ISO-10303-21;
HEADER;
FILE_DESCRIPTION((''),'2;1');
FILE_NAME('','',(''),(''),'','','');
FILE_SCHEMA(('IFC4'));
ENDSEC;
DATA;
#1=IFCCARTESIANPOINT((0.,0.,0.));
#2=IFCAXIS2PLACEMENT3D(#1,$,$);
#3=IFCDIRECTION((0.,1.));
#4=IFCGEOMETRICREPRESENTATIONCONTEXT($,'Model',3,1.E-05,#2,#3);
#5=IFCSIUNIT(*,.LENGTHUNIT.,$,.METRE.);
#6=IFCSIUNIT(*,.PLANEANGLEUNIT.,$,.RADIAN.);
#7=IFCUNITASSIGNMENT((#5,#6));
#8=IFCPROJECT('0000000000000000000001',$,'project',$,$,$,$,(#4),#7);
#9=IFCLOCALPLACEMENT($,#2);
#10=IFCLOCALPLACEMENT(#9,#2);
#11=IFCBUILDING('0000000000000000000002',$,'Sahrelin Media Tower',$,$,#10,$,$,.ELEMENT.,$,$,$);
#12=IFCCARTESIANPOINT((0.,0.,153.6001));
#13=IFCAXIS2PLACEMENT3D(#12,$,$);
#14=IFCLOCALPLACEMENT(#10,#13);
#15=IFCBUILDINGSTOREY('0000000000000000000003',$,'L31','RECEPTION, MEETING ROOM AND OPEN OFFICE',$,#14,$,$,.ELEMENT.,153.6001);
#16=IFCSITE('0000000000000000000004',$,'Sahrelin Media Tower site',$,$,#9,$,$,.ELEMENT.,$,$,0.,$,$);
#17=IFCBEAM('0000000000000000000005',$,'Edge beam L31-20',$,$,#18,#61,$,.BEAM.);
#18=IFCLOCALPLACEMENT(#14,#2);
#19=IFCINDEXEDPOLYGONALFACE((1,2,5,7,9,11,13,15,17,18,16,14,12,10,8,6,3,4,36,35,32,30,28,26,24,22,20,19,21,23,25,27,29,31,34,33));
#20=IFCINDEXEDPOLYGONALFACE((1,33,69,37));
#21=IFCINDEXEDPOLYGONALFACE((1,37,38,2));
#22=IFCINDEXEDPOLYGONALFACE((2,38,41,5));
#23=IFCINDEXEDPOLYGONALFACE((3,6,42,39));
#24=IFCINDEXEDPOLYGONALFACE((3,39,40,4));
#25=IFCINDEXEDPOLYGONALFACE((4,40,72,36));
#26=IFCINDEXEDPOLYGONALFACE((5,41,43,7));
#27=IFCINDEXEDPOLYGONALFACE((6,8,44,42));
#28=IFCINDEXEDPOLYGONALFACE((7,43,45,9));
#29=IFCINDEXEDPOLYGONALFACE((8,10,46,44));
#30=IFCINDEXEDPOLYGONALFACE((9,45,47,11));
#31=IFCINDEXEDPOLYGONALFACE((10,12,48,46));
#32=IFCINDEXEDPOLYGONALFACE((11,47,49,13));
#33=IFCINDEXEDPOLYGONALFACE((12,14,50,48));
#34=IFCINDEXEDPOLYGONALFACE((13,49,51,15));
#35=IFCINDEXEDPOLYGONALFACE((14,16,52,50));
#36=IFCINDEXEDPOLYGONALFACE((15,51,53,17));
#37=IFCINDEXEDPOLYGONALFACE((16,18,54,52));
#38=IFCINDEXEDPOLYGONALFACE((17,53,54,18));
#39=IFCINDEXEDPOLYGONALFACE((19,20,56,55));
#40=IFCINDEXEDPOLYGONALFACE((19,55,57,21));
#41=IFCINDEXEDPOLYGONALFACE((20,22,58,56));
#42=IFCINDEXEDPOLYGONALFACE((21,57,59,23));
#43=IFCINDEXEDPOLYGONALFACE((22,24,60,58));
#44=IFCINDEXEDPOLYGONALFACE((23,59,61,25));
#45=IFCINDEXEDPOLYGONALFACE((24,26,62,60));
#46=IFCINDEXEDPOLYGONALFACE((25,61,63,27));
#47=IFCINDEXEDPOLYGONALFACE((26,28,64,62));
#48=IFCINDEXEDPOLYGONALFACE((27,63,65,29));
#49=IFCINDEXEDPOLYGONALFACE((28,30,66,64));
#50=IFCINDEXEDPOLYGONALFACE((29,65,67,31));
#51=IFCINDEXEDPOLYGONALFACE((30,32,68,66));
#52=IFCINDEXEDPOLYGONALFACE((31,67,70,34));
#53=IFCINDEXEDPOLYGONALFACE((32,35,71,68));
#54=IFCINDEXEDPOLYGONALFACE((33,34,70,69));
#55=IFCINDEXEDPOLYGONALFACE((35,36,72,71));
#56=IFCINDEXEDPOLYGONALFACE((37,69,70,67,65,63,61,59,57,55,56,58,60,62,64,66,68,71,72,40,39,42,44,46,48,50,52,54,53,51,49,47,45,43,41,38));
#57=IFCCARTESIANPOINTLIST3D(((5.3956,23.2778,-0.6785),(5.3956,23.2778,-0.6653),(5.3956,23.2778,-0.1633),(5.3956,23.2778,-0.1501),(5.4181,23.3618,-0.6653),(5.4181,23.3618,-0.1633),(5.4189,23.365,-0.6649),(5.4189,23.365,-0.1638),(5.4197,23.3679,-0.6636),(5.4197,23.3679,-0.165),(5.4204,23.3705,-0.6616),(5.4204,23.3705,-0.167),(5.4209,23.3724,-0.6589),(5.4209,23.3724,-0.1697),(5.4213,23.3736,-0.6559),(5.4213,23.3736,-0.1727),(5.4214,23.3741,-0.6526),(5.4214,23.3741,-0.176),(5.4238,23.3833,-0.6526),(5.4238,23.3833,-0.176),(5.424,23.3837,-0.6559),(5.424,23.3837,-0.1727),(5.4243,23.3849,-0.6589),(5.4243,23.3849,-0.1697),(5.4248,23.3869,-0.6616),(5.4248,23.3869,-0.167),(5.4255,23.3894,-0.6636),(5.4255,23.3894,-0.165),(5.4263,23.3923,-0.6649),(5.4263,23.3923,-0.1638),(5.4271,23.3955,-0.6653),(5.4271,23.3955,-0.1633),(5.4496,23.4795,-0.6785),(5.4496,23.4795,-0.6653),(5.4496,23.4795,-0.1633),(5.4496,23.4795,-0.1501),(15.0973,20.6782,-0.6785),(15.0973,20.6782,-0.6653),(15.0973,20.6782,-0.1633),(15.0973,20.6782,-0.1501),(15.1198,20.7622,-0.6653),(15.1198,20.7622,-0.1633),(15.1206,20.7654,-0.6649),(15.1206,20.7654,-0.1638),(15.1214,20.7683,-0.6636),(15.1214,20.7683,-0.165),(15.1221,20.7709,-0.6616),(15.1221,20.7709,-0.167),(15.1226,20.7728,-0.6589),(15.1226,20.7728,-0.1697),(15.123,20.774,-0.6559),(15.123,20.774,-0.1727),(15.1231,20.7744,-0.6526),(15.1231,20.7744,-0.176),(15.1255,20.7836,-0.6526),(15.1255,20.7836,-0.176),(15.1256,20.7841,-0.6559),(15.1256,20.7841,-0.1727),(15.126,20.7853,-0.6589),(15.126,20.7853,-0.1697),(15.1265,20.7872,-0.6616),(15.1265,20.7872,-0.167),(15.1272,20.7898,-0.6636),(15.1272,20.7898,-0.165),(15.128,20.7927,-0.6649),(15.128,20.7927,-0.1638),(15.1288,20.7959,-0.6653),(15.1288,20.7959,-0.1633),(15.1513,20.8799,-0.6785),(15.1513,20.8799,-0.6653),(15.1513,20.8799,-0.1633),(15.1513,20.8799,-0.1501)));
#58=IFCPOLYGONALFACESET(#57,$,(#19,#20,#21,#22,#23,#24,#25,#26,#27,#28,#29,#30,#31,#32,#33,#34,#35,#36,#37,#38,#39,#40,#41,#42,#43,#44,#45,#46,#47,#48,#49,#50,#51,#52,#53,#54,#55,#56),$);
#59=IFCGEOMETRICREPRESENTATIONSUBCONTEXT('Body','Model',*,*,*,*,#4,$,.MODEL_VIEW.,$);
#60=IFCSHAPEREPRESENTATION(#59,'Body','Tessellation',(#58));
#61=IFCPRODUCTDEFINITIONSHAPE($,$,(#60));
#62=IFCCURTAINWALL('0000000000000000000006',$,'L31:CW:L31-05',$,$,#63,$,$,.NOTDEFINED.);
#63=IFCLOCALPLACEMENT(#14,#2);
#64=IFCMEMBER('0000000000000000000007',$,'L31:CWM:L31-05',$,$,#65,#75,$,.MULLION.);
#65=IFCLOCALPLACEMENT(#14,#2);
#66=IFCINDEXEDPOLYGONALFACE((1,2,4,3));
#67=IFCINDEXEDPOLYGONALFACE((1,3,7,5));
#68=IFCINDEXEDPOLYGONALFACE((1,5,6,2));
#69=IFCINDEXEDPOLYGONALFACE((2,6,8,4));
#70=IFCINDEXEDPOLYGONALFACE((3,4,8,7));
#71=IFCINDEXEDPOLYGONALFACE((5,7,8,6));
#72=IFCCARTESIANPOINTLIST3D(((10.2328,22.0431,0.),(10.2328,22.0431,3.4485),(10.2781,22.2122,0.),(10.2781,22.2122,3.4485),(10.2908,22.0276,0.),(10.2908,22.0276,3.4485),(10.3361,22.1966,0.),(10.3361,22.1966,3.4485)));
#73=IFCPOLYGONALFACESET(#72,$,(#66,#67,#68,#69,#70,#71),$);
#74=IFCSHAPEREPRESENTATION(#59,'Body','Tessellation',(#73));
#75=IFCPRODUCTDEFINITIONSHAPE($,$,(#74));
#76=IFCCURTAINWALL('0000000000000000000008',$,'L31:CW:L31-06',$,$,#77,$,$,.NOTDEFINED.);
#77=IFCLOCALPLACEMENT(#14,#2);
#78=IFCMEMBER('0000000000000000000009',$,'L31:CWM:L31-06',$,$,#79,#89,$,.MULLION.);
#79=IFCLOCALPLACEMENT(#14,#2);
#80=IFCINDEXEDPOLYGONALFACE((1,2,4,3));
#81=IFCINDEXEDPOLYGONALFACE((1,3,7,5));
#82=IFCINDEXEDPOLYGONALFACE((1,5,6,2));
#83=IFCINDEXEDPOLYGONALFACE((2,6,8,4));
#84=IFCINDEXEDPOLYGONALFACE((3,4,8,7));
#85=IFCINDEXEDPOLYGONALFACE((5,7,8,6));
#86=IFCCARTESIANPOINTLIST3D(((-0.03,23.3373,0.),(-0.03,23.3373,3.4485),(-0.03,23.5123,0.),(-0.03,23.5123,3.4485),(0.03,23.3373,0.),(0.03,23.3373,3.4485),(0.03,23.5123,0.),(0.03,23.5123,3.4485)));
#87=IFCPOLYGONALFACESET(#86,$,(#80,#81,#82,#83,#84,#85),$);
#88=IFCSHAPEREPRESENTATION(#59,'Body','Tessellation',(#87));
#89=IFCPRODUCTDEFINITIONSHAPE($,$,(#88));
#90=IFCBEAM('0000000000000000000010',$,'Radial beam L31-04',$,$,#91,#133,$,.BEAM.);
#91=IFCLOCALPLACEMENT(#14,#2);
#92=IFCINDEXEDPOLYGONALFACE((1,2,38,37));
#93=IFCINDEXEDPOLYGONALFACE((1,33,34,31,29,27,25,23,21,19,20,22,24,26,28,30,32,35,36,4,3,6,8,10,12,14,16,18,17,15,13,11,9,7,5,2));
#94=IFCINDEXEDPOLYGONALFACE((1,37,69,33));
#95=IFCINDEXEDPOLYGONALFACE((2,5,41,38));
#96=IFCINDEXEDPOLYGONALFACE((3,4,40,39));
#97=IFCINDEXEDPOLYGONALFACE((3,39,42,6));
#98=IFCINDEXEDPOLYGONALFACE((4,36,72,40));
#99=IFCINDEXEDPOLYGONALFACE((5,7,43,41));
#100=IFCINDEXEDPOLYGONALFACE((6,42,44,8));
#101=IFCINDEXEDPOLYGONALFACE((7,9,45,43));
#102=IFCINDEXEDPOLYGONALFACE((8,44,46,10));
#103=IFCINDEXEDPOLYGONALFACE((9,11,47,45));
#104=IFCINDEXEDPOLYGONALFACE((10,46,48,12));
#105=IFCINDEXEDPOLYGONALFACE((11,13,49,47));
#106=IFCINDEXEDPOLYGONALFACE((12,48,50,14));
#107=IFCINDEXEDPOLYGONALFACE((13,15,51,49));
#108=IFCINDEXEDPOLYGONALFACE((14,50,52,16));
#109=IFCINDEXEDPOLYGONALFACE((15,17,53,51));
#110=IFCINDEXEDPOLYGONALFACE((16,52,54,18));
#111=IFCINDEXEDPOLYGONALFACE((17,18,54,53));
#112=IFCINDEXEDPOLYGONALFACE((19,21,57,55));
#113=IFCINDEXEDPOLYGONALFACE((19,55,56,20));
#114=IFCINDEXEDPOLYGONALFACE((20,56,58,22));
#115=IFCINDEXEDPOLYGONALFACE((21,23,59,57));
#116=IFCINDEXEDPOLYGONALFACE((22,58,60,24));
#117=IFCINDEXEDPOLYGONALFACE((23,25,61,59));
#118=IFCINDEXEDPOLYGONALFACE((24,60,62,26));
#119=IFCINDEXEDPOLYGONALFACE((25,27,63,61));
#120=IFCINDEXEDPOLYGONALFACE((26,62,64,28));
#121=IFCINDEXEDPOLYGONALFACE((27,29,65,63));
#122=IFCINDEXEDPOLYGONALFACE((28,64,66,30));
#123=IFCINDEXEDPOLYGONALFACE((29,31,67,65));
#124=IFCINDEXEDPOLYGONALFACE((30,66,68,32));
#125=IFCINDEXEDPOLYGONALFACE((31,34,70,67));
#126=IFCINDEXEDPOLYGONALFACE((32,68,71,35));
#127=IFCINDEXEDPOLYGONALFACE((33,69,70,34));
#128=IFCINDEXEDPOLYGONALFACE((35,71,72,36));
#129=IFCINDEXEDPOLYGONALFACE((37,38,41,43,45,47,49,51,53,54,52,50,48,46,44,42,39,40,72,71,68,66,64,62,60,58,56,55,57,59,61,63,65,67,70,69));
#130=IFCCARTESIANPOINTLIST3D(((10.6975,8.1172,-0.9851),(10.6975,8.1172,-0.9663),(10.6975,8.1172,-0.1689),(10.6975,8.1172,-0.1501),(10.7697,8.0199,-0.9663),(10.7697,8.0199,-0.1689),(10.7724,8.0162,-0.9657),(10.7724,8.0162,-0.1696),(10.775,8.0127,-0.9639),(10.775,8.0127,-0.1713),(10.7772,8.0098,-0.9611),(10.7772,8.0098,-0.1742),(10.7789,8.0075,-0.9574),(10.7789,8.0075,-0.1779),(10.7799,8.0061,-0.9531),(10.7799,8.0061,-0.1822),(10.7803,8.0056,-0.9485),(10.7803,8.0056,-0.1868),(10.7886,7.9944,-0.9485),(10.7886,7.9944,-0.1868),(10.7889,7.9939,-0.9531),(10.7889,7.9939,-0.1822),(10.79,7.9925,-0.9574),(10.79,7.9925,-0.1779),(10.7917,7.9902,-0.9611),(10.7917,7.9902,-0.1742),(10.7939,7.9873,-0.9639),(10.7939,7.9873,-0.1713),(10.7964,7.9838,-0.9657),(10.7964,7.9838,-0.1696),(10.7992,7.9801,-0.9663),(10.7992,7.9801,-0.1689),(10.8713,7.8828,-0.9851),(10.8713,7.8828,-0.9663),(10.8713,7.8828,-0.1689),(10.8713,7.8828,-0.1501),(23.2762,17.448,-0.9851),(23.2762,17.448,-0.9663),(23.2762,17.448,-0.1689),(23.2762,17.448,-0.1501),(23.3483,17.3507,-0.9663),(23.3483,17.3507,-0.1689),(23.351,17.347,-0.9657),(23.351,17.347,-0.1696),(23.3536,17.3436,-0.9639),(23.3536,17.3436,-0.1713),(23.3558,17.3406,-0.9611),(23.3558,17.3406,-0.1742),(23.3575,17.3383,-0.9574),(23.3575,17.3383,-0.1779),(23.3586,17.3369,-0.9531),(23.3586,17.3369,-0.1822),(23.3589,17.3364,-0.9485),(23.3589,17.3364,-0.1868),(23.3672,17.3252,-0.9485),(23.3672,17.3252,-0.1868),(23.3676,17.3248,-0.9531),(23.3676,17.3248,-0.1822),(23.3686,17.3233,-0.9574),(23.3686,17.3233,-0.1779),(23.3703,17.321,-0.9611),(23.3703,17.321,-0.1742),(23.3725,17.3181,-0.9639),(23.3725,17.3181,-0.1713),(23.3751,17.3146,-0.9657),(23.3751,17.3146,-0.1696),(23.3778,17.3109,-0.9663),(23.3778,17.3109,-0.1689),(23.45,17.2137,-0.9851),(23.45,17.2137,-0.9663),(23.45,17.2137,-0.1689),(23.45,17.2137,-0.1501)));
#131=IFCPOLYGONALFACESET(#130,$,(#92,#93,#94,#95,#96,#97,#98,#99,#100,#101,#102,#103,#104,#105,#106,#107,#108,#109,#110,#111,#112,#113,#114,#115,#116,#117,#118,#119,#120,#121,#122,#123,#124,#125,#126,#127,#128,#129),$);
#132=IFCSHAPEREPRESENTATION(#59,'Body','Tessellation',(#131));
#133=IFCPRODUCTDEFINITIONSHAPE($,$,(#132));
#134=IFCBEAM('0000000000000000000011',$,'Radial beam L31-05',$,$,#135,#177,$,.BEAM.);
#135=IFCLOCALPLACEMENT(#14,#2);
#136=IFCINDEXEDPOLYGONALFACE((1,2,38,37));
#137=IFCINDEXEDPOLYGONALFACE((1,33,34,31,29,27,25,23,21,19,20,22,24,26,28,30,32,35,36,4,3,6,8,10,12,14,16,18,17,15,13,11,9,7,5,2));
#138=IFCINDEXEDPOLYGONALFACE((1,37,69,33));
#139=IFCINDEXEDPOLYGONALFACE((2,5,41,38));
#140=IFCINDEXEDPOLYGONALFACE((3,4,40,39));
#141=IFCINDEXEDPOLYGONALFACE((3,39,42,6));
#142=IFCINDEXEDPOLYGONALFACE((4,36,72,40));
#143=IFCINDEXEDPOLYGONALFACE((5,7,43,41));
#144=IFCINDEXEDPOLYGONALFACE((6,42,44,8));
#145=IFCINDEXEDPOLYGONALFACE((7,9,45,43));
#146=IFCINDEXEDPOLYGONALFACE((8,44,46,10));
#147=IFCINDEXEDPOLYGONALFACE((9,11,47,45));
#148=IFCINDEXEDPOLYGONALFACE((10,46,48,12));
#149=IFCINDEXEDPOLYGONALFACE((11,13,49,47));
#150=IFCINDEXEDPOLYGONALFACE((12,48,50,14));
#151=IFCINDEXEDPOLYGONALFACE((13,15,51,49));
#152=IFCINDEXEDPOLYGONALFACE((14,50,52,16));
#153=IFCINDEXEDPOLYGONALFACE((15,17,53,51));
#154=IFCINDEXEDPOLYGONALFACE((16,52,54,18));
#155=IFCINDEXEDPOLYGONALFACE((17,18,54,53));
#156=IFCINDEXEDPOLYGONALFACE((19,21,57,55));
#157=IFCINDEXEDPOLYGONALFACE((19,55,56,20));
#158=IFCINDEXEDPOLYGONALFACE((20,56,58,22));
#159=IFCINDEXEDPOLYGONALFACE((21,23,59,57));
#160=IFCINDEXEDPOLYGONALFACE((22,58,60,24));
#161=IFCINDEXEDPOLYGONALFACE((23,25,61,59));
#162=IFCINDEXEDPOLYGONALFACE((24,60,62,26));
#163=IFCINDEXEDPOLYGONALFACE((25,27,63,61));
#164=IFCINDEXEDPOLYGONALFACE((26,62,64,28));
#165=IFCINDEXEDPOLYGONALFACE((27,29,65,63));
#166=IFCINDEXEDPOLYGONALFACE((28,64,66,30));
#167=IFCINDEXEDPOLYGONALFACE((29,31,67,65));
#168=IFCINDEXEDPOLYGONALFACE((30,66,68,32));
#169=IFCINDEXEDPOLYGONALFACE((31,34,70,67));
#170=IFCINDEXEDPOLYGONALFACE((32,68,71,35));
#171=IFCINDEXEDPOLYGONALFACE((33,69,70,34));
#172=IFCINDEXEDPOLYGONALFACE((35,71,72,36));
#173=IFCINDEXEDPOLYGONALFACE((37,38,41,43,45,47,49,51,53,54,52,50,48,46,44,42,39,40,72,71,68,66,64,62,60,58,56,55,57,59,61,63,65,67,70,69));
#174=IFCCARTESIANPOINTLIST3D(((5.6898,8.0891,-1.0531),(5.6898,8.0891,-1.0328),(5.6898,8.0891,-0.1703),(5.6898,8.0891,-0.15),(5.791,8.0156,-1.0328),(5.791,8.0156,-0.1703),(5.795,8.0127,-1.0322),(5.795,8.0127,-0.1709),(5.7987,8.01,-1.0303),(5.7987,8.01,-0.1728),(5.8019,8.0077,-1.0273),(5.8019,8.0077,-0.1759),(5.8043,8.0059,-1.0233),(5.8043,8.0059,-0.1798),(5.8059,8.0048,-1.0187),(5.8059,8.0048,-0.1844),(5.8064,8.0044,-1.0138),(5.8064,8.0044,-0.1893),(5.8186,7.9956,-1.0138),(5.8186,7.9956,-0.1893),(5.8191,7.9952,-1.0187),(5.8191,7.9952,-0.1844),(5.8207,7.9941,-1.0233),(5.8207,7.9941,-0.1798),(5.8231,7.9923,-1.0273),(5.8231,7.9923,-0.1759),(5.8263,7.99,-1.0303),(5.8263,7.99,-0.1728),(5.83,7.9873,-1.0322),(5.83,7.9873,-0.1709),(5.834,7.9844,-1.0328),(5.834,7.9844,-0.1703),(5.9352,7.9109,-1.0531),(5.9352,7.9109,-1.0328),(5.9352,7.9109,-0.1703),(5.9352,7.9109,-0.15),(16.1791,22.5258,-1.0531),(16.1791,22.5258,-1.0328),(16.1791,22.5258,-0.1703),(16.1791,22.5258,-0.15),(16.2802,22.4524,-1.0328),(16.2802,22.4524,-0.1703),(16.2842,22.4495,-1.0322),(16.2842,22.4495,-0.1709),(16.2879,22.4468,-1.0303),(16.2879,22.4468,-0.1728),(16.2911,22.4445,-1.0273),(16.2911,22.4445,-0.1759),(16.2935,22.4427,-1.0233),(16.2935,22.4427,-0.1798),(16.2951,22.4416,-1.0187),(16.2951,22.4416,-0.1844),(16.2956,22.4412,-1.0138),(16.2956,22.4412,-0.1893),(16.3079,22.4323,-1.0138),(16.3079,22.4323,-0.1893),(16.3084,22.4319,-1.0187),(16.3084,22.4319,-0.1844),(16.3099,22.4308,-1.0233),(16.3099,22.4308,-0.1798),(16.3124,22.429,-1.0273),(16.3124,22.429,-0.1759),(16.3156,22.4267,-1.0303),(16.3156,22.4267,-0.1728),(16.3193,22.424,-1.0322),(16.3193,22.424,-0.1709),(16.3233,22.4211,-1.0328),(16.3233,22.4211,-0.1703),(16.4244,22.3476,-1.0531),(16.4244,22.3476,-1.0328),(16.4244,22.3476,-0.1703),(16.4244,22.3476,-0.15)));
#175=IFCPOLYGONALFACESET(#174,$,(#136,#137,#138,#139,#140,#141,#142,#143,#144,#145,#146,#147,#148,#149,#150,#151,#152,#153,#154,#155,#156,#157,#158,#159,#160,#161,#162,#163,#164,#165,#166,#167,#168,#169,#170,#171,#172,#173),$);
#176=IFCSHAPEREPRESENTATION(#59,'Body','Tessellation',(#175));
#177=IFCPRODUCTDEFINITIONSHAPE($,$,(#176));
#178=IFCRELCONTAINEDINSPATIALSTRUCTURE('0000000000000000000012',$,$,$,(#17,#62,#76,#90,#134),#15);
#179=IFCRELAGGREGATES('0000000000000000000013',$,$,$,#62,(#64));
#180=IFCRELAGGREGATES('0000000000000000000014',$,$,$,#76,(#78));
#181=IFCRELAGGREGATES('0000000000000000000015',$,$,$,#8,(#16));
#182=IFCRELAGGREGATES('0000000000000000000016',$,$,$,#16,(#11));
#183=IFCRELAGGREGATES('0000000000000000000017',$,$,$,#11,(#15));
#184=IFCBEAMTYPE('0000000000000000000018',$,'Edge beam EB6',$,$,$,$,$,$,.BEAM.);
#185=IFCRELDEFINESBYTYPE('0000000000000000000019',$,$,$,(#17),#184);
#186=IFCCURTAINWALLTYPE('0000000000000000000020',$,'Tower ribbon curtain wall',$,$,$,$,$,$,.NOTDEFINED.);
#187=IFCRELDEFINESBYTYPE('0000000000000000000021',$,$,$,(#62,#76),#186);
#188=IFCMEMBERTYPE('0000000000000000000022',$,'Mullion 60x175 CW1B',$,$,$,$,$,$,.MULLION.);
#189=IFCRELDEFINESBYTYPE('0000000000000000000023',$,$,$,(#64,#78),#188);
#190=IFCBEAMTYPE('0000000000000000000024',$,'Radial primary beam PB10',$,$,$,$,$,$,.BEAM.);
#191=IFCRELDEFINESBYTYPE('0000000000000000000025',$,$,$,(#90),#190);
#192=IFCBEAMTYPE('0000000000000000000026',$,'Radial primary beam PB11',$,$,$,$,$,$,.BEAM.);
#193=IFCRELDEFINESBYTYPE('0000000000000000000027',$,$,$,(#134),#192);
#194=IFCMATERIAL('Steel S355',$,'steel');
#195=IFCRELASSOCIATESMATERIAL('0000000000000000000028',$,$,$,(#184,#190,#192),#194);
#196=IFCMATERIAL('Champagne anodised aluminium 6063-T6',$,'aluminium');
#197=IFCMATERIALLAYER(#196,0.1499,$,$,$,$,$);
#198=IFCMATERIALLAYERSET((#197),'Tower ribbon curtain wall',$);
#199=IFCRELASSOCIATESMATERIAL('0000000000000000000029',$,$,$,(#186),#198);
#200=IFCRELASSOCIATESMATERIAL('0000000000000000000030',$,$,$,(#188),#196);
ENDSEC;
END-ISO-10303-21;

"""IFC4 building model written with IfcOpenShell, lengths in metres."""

from ifc_helpers import new_model, si_unit, direction, frame, origin, origin_2d, place, context, subcontext, project, spatial, rectangle, i_section, extrude, material, layer, layer_set, material_profile, profile_set, type_object, element, aggregate, save


model = new_model("IFC4")

# Units and contexts
model_context = context("Model", 3, precision=1e-05, world=origin(), true_north=direction((0.0, 1.0)))
body_context = subcontext(model_context, "Body", "Model", "MODEL_VIEW")
ifc_project = project(units=[si_unit("LENGTHUNIT", "METRE"), si_unit("PLANEANGLEUNIT", "RADIAN")], contexts=[model_context])

# Site, building, storey
site_placement = place(None, origin())
site = spatial("IfcSite", under=ifc_project, at=site_placement, Name="Sahrelin Media Tower site", CompositionType="ELEMENT", RefElevation=0.0)
building_placement = place(site_placement, origin())
building = spatial("IfcBuilding", under=site, at=building_placement, Name="Sahrelin Media Tower", CompositionType="ELEMENT")
storey_placement = place(building_placement, frame((0.0, 0.0, 153.6001)))
storey = spatial("IfcBuildingStorey", under=building, at=storey_placement, Name="L31", Description="RECEPTION, MEETING ROOM AND OPEN OFFICE", CompositionType="ELEMENT", Elevation=153.6001)

# Beam
ifc_material_1 = material(Name="Steel S355", Category="steel")
ifc_material_profile_1 = material_profile(ifc_material_1, i_section(OverallWidth=0.2087, OverallDepth=0.5283, WebThickness=0.0095, FlangeThickness=0.0132, FilletRadius=0.0127, at=origin_2d()), Name="UB 533x210x82")
ifc_profile_set_1 = profile_set([ifc_material_profile_1], Name="Steel S355")
beam_type_1 = type_object("IfcBeamType", Name="Edge beam EB6", PredefinedType="BEAM", material=ifc_profile_set_1)
beam_1_placement = place(storey_placement, frame((5.4226, 23.3787, -0.4143), z_axis=(0.965924, -0.258824, 0.0), x_axis=(0.258824, 0.965924, 0.0)))
element("IfcBeam", 1, at=beam_1_placement, inside=storey, type_object=beam_type_1, Name="Edge beam L31-20", PredefinedType="BEAM", context=body_context, shape_type="SweptSolid", body=[
    extrude(i_section(OverallWidth=0.2087, OverallDepth=0.5283, WebThickness=0.0095, FlangeThickness=0.0132, FilletRadius=0.0127, at=origin_2d()), origin(), (0.0, 0.0, 1.0), 10.0439),
])

# Curtain walls, members
ifc_material_2 = material(Name="Champagne anodised aluminium 6063-T6", Category="aluminium")
ifc_layer_1 = layer(ifc_material_2, 0.1499)
ifc_layer_set_1 = layer_set([ifc_layer_1], Name="Tower ribbon curtain wall")
curtain_wall_type = type_object("IfcCurtainWallType", Name="Tower ribbon curtain wall", PredefinedType="NOTDEFINED", material=ifc_layer_set_1)
curtain_wall_1_placement = place(storey_placement, frame((10.3123, 22.2236, 0.0), z_axis=(0.0, 0.0, 1.0), x_axis=(1.0, 0.0, 0.0)))
curtain_wall_1 = element("IfcCurtainWall", 2, at=curtain_wall_1_placement, inside=storey, type_object=curtain_wall_type, Name="L31:CW:L31-05", PredefinedType="NOTDEFINED")
ifc_material_profile_2 = material_profile(ifc_material_2, rectangle(XDim=0.0601, YDim=0.175, at=origin_2d()), Name="Mullion 60x175")
ifc_profile_set_2 = profile_set([ifc_material_profile_2], Name="Champagne anodised aluminium 6063-T6")
member_type_1 = type_object("IfcMemberType", Name="Mullion 60x175 CW1B", PredefinedType="MULLION", material=ifc_profile_set_2)
member_1_placement = place(storey_placement, frame((10.2844, 22.1199, 0.0), z_axis=(0.0, 0.0, 1.0), x_axis=(-0.965927, 0.258816, 0.0)))
member_1 = element("IfcMember", 3, at=member_1_placement, type_object=member_type_1, Name="L31:CWM:L31-05", PredefinedType="MULLION", context=body_context, shape_type="SweptSolid", body=[
    extrude(rectangle(XDim=0.0601, YDim=0.175, at=origin_2d()), origin(), (0.0, 0.0, 1.0), 3.4485),
])
aggregate(curtain_wall_1, [member_1])
placement_1 = place(storey_placement, frame((0.0, 23.5325, 0.0), z_axis=(0.0, 0.0, 1.0), x_axis=(1.0, 0.0, 0.0)))
curtain_wall_2 = element("IfcCurtainWall", 4, at=placement_1, inside=storey, type_object=curtain_wall_type, Name="L31:CW:L31-06", PredefinedType="NOTDEFINED")
member_2_placement = place(storey_placement, frame((0.0, 23.4248, 0.0), z_axis=(0.0, 0.0, 1.0), x_axis=(-1.0, 0.0, 0.0)))
member_2 = element("IfcMember", 5, at=member_2_placement, type_object=member_type_1, Name="L31:CWM:L31-06", PredefinedType="MULLION", context=body_context, shape_type="SweptSolid", body=[
    extrude(rectangle(XDim=0.0601, YDim=0.175, at=origin_2d()), origin(), (0.0, 0.0, 1.0), 3.4485),
])

# Beams
ifc_material_profile_3 = material_profile(ifc_material_1, i_section(OverallWidth=0.2917, OverallDepth=0.835, WebThickness=0.0139, FlangeThickness=0.0188, FilletRadius=0.0178, at=origin_2d()), Name="UB 838x292x176")
ifc_profile_set_3 = profile_set([ifc_material_profile_3], Name="Steel S355")
beam_type_2 = type_object("IfcBeamType", Name="Radial primary beam PB10", PredefinedType="BEAM", material=ifc_profile_set_3)
beam_2_placement = place(storey_placement, frame((10.7844, 8.0, -0.5676), z_axis=(0.80315, 0.595777, 0.0), x_axis=(-0.595777, 0.80315, 0.0)))
element("IfcBeam", 6, at=beam_2_placement, inside=storey, type_object=beam_type_2, Name="Radial beam L31-04", PredefinedType="BEAM", context=body_context, shape_type="SweptSolid", body=[
    extrude(i_section(OverallWidth=0.2917, OverallDepth=0.835, WebThickness=0.0139, FlangeThickness=0.0188, FilletRadius=0.0178, at=origin_2d()), origin(), (0.0, 0.0, 1.0), 15.6616),
])
ifc_material_profile_4 = material_profile(ifc_material_1, i_section(OverallWidth=0.3032, OverallDepth=0.9031, WebThickness=0.0151, FlangeThickness=0.0203, FilletRadius=0.019, at=origin_2d()), Name="UB 914x305x201")
ifc_profile_set_4 = profile_set([ifc_material_profile_4], Name="Steel S355")
beam_type_3 = type_object("IfcBeamType", Name="Radial primary beam PB11", PredefinedType="BEAM", material=ifc_profile_set_4)
beam_3_placement = place(storey_placement, frame((5.8125, 8.0, -0.6016), z_axis=(0.587797, 0.809008, 0.0), x_axis=(-0.809008, 0.587797, 0.0)))
element("IfcBeam", 7, at=beam_3_placement, inside=storey, type_object=beam_type_3, Name="Radial beam L31-05", PredefinedType="BEAM", context=body_context, shape_type="SweptSolid", body=[
    extrude(i_section(OverallWidth=0.3032, OverallDepth=0.9031, WebThickness=0.0151, FlangeThickness=0.0203, FilletRadius=0.019, at=origin_2d()), origin(), (0.0, 0.0, 1.0), 17.845),
])

aggregate(curtain_wall_2, [member_2])

save(model, "model.ifc")
